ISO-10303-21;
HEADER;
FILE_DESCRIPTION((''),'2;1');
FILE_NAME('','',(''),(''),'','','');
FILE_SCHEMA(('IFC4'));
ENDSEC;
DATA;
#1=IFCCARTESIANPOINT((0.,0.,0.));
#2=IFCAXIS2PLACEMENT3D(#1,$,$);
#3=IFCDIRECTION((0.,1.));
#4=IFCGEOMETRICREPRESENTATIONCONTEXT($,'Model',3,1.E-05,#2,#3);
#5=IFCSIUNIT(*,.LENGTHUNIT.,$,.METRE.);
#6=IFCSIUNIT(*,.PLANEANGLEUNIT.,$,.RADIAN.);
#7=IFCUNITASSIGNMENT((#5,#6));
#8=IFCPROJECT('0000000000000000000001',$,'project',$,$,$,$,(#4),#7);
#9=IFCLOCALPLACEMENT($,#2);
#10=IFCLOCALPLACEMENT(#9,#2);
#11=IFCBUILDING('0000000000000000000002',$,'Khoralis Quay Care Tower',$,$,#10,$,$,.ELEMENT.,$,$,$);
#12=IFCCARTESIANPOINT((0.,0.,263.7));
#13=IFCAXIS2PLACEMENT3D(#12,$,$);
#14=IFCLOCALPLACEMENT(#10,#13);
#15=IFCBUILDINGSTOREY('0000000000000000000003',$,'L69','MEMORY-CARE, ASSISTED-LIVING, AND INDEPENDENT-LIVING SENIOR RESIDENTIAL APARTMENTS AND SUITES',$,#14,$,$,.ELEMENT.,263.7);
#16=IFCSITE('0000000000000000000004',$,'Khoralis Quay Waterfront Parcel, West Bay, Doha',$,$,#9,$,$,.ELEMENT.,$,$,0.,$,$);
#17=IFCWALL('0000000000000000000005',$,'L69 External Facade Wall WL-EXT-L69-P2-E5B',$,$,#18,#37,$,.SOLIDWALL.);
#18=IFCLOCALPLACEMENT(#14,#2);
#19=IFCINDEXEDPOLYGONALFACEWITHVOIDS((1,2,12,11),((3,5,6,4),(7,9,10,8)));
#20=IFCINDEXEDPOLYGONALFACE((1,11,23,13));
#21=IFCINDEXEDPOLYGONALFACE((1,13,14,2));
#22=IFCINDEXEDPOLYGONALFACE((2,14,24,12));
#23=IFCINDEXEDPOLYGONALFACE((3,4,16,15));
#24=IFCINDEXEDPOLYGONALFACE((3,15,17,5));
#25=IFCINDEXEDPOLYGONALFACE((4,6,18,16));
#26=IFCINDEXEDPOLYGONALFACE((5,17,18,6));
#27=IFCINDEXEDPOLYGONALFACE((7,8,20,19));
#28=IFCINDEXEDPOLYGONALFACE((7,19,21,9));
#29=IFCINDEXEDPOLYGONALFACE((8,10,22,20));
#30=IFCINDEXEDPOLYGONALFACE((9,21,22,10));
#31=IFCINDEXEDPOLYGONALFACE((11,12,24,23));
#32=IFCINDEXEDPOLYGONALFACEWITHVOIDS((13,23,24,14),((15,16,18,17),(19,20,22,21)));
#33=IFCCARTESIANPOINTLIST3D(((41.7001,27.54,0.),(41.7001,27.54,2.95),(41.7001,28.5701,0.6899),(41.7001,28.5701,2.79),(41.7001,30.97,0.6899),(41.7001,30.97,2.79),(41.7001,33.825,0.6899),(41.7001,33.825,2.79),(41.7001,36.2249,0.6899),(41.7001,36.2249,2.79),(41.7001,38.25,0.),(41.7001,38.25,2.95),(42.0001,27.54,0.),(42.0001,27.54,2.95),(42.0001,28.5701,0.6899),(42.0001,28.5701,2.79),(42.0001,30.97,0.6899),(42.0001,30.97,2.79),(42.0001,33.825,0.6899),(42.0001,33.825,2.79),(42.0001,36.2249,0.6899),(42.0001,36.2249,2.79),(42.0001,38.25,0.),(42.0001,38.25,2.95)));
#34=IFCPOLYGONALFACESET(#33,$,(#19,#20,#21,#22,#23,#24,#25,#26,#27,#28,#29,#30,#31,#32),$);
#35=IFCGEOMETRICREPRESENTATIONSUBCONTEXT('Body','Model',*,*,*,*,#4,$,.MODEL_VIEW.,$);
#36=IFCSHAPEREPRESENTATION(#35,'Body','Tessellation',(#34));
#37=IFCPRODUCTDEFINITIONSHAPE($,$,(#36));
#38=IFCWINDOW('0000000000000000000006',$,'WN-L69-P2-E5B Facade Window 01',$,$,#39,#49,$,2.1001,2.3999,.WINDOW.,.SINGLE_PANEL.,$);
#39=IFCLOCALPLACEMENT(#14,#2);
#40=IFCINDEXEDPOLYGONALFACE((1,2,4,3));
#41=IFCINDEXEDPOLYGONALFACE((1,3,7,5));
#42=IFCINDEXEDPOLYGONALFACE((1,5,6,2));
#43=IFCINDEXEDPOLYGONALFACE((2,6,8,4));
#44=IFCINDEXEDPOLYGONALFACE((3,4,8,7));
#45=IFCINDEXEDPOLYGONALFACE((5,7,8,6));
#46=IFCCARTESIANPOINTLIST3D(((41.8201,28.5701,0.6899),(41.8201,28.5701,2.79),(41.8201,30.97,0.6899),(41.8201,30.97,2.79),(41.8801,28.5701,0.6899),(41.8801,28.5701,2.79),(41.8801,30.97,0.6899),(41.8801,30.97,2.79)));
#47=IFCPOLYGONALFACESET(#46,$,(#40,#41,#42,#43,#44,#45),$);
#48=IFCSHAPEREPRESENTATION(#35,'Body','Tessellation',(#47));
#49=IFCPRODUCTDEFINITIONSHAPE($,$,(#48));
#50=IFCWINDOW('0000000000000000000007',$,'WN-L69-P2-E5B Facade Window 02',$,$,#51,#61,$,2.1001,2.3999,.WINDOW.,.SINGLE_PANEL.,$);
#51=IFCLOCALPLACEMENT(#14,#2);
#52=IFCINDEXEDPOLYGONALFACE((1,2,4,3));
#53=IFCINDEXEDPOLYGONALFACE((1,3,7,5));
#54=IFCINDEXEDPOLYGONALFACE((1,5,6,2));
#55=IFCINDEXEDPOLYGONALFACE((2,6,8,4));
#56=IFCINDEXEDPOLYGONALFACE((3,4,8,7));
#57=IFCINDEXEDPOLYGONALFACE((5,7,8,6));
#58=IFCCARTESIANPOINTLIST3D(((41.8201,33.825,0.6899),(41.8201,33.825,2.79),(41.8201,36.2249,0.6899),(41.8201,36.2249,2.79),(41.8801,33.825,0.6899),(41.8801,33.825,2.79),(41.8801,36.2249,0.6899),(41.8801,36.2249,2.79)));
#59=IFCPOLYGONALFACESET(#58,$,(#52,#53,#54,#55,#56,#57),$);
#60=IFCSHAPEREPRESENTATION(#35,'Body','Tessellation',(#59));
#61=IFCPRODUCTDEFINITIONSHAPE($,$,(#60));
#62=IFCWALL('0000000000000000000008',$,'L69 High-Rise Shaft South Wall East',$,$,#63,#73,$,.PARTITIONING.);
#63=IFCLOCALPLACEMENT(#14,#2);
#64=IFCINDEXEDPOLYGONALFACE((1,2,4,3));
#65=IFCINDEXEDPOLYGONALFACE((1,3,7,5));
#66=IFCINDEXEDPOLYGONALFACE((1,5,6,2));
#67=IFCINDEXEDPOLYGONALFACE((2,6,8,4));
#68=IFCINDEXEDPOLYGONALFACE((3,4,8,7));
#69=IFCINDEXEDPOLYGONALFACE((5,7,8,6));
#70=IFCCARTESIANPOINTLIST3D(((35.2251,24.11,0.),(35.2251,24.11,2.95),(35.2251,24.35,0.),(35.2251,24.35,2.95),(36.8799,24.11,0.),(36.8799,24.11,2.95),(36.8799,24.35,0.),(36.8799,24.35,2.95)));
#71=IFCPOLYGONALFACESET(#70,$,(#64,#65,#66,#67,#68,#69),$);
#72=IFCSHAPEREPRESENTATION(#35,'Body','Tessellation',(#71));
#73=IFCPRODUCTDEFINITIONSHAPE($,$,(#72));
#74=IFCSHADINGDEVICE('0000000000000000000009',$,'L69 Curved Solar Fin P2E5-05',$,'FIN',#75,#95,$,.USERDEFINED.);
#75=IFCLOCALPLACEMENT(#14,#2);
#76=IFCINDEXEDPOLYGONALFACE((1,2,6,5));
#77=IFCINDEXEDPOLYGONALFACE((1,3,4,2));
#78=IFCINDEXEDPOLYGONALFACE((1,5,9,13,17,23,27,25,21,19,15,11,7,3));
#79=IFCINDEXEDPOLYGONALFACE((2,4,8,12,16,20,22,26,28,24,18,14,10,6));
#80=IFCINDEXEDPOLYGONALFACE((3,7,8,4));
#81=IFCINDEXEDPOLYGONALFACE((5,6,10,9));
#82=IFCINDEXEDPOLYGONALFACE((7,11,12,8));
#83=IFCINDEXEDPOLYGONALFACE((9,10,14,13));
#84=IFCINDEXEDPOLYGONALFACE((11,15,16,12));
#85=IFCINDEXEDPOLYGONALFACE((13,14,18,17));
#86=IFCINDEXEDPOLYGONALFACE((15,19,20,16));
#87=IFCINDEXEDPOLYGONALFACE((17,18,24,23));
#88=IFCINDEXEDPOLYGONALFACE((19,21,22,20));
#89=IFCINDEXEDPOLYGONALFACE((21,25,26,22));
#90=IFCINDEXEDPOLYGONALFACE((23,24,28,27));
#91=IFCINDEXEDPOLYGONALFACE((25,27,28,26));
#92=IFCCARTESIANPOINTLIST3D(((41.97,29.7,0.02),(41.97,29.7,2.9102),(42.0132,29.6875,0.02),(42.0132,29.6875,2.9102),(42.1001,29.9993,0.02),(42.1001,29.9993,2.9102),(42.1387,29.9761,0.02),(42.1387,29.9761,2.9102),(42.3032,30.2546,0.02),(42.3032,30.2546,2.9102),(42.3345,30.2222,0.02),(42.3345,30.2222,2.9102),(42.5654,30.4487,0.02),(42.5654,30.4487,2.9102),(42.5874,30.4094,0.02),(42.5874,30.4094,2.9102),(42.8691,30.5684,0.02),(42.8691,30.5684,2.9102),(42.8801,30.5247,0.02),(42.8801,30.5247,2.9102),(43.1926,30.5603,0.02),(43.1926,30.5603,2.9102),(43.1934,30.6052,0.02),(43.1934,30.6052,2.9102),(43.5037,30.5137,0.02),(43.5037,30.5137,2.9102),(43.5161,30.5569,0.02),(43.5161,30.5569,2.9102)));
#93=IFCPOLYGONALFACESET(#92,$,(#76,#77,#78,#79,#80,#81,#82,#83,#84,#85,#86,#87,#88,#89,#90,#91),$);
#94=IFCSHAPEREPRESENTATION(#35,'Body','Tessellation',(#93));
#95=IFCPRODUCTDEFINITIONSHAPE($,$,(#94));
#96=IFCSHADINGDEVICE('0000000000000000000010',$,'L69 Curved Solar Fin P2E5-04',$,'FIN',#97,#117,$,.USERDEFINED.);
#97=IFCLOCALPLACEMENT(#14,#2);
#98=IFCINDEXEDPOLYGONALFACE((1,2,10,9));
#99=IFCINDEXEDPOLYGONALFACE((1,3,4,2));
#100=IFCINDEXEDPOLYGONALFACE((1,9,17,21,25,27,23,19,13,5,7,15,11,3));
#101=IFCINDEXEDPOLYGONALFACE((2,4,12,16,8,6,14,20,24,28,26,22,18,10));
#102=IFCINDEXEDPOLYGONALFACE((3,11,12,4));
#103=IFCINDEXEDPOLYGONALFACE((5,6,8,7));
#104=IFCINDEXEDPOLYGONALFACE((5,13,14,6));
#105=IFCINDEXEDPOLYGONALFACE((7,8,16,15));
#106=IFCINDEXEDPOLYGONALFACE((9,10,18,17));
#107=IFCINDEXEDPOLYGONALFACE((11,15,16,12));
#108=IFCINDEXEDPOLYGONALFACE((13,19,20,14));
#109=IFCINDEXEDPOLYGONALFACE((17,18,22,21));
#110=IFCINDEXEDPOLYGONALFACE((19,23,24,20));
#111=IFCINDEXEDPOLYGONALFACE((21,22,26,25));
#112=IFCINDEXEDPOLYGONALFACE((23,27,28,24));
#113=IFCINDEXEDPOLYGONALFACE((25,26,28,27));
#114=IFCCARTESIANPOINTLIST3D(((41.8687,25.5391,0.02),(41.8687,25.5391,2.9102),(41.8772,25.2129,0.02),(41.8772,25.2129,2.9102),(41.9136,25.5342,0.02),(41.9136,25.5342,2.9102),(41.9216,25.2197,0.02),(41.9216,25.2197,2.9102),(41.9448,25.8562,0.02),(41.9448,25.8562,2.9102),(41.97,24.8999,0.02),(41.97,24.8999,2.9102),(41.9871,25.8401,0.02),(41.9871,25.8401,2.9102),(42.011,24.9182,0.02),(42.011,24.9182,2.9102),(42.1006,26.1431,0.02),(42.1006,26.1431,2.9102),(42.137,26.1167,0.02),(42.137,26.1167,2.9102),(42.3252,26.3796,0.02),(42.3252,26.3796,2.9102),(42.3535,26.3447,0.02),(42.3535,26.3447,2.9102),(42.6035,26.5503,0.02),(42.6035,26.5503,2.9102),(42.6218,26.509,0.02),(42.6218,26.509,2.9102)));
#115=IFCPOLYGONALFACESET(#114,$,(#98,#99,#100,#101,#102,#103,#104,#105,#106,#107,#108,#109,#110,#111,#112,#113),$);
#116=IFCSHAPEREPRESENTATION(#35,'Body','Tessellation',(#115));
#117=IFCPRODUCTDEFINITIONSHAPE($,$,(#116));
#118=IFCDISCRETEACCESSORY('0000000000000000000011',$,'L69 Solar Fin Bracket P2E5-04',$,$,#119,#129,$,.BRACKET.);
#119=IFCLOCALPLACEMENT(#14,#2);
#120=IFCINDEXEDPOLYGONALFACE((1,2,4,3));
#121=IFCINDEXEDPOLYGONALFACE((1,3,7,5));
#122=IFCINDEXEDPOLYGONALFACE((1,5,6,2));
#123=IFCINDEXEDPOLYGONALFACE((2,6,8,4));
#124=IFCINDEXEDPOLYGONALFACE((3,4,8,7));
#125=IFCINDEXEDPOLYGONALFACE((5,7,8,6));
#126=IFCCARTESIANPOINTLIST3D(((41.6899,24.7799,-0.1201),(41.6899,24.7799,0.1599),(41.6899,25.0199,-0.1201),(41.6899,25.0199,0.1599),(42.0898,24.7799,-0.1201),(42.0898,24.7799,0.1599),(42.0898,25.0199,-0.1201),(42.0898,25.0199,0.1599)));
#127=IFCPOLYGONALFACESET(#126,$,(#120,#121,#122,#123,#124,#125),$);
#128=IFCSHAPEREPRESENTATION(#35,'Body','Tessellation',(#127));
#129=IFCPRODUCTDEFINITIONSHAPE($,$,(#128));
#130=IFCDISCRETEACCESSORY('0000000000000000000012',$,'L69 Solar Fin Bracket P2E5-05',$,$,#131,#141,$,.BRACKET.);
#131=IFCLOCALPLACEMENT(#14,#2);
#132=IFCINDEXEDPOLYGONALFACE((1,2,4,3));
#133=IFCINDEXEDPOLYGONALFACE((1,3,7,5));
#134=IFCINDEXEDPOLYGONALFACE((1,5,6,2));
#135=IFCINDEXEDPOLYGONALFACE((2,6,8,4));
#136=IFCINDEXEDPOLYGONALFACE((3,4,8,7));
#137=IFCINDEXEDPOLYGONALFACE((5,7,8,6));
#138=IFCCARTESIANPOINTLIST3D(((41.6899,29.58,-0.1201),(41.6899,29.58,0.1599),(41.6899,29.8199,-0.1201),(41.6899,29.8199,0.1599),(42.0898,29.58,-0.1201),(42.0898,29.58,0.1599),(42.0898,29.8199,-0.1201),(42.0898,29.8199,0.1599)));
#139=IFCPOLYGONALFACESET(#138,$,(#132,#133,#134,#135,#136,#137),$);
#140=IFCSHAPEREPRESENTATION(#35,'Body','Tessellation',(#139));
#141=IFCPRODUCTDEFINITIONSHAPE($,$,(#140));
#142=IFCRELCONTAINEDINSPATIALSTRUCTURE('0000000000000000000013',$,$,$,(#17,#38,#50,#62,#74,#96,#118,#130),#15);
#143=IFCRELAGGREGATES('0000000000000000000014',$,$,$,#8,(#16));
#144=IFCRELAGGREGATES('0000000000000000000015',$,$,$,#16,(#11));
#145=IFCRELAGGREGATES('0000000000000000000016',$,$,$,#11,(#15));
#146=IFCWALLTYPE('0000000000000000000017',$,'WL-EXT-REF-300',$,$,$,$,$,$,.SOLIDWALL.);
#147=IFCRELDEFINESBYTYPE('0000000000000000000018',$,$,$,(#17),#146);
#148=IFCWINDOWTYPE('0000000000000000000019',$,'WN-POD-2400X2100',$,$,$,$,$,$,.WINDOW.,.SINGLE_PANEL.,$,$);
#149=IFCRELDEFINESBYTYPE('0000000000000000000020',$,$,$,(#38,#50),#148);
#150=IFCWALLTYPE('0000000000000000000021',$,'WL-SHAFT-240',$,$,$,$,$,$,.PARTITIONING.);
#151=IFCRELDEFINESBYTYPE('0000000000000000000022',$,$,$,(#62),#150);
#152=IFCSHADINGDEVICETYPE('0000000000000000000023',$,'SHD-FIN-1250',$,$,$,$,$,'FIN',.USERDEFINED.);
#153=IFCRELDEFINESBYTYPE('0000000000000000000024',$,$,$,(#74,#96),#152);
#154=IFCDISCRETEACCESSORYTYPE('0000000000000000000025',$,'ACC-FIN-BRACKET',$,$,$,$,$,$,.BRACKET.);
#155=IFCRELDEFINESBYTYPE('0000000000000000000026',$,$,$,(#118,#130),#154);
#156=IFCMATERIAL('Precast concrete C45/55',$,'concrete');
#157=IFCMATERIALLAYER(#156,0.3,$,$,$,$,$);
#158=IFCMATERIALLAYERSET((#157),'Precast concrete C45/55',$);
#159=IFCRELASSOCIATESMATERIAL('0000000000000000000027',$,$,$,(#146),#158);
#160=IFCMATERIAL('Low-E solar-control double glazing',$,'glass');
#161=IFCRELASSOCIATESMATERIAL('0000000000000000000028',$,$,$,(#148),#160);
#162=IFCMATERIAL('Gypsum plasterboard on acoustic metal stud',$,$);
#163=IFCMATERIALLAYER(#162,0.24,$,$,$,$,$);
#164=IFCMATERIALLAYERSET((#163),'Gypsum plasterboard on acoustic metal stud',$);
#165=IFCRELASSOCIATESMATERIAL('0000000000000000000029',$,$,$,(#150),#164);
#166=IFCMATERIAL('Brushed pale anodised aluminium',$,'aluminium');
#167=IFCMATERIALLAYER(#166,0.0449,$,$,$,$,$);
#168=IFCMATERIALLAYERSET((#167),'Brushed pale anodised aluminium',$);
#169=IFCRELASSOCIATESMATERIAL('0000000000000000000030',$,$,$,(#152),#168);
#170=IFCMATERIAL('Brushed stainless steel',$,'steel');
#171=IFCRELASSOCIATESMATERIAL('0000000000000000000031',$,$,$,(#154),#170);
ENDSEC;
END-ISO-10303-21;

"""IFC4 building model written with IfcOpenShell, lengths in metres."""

from ifc_helpers import new_model, si_unit, direction, frame, frame_2d, origin, origin_2d, place, context, subcontext, project, spatial, polyline, rectangle, outline, extrude, source, transform, mapped, material, layer, layer_set, type_object, element, fill, save


model = new_model("IFC4")

# Units and contexts
model_context = context("Model", 3, precision=1e-05, world=origin(), true_north=direction((0.0, 1.0)))
body_context = subcontext(model_context, "Body", "Model", "MODEL_VIEW")
ifc_project = project(units=[si_unit("LENGTHUNIT", "METRE"), si_unit("PLANEANGLEUNIT", "RADIAN")], contexts=[model_context])

# Site, building, storey
site_placement = place(None, origin())
site = spatial("IfcSite", under=ifc_project, at=site_placement, Name="Khoralis Quay Waterfront Parcel, West Bay, Doha", CompositionType="ELEMENT", RefElevation=0.0)
building_placement = place(site_placement, origin())
building = spatial("IfcBuilding", under=site, at=building_placement, Name="Khoralis Quay Care Tower", CompositionType="ELEMENT")
storey_placement = place(building_placement, frame((0.0, 0.0, 263.7)))
storey = spatial("IfcBuildingStorey", under=building, at=storey_placement, Name="L69", Description="MEMORY-CARE, ASSISTED-LIVING, AND INDEPENDENT-LIVING SENIOR RESIDENTIAL APARTMENTS AND SUITES", CompositionType="ELEMENT", Elevation=263.7)

# Shared definitions
ifc_material_1 = material(Name="Low-E solar-control double glazing", Category="glass")

# Shared definitions
ifc_material_2 = material(Name="Brushed stainless steel", Category="steel")

# Shared definitions
ifc_material_3 = material(Name="Gypsum plasterboard on acoustic metal stud")

# Wall, openings, windows
ifc_material_4 = material(Name="Precast concrete C45/55", Category="concrete")
ifc_layer_1 = layer(ifc_material_4, 0.3)
ifc_layer_set_1 = layer_set([ifc_layer_1], Name="Precast concrete C45/55")
wall_type_1 = type_object("IfcWallType", Name="WL-EXT-REF-300", PredefinedType="SOLIDWALL", material=ifc_layer_set_1)
wall_1_placement = place(storey_placement, frame((41.8501, 27.54, 0.0), z_axis=(0.0, 0.0, 1.0), x_axis=(0.0, 1.0, 0.0)))
wall_1 = element("IfcWall", 1, at=wall_1_placement, inside=storey, type_object=wall_type_1, Name="L69 External Facade Wall WL-EXT-L69-P2-E5B", PredefinedType="SOLIDWALL", context=body_context, shape_type="SweptSolid", body=[
    extrude(rectangle(XDim=10.71, YDim=0.3, at=frame_2d((5.355, 0.0))), origin(), (0.0, 0.0, 1.0), 2.95),
])
opening_1_placement = place(wall_1_placement, frame((1.03, 0.0, 0.6899)))
opening_1 = element("IfcOpeningElement", 2, at=opening_1_placement, cuts=wall_1, PredefinedType="OPENING", context=body_context, shape_type="SweptSolid", body=[
    extrude(rectangle(XDim=2.3999, YDim=2.1001, at=frame_2d((1.2, 1.05))), frame((0.0, 0.1602, 0.0), z_axis=(0.0, -1.0, 0.0), x_axis=(1.0, 0.0, 0.0)), (0.0, 0.0, 1.0), 0.3201),
])
opening_2_placement = place(wall_1_placement, frame((6.2849, 0.0, 0.6899)))
opening_2 = element("IfcOpeningElement", 3, at=opening_2_placement, cuts=wall_1, PredefinedType="OPENING", context=body_context, shape_type="SweptSolid", body=[
    extrude(rectangle(XDim=2.3999, YDim=2.1001, at=frame_2d((1.2, 1.05))), frame((0.0, 0.1602, 0.0), z_axis=(0.0, -1.0, 0.0), x_axis=(1.0, 0.0, 0.0)), (0.0, 0.0, 1.0), 0.3201),
])
window_type = type_object("IfcWindowType", Name="WN-POD-2400X2100", PartitioningType="SINGLE_PANEL", PredefinedType="WINDOW", material=ifc_material_1)
shared_shape_1 = source(origin(), body_context, "Body", "SweptSolid", [
    extrude(rectangle(XDim=2.3999, YDim=2.1001, at=frame_2d((1.2, 1.05))), frame((0.0, 0.03, 0.0), z_axis=(0.0, -1.0, 0.0), x_axis=(1.0, 0.0, 0.0)), (0.0, 0.0, 1.0), 0.0601),
])
window_1_placement = place(opening_1_placement, origin())
window_1 = element("IfcWindow", 4, at=window_1_placement, inside=storey, type_object=window_type, Name="WN-L69-P2-E5B Facade Window 01", OverallHeight=2.1001, OverallWidth=2.3999, PartitioningType="SINGLE_PANEL", PredefinedType="WINDOW", context=body_context, shape_type="MappedRepresentation", body=[
    mapped(shared_shape_1, transform((0.0, 0.0, 0.0), scale=1.0)),
])
fill(opening_1, window_1)
window_2_placement = place(opening_2_placement, origin())
window_2 = element("IfcWindow", 5, at=window_2_placement, inside=storey, type_object=window_type, Name="WN-L69-P2-E5B Facade Window 02", OverallHeight=2.1001, OverallWidth=2.3999, PartitioningType="SINGLE_PANEL", PredefinedType="WINDOW", context=body_context, shape_type="MappedRepresentation", body=[
    mapped(shared_shape_1, transform((0.0, 0.0, 0.0), scale=1.0)),
])
fill(opening_2, window_2)

# Wall
ifc_layer_2 = layer(ifc_material_3, 0.24)
ifc_layer_set_2 = layer_set([ifc_layer_2], Name="Gypsum plasterboard on acoustic metal stud")
wall_type_2 = type_object("IfcWallType", Name="WL-SHAFT-240", PredefinedType="PARTITIONING", material=ifc_layer_set_2)
wall_2_placement = place(storey_placement, frame((35.2251, 24.23, 0.0), z_axis=(0.0, 0.0, 1.0), x_axis=(1.0, 0.0, 0.0)))
element("IfcWall", 6, at=wall_2_placement, inside=storey, type_object=wall_type_2, Name="L69 High-Rise Shaft South Wall East", PredefinedType="PARTITIONING", context=body_context, shape_type="SweptSolid", body=[
    extrude(rectangle(XDim=1.6548, YDim=0.24, at=frame_2d((0.8274, 0.0))), origin(), (0.0, 0.0, 1.0), 2.95),
])

# Shading devices
ifc_material_5 = material(Name="Brushed pale anodised aluminium", Category="aluminium")
ifc_layer_3 = layer(ifc_material_5, 0.0449)
ifc_layer_set_3 = layer_set([ifc_layer_3], Name="Brushed pale anodised aluminium")
shading_device_type = type_object("IfcShadingDeviceType", Name="SHD-FIN-1250", ElementType="FIN", PredefinedType="USERDEFINED", material=ifc_layer_set_3)
shared_shape_2 = source(origin(), body_context, "Body", "SweptSolid", [
    extrude(outline(polyline([(0.0, 0.0), (0.1301, 0.2993), (0.3333, 0.5547), (0.5955, 0.7488), (0.8992, 0.8684), (1.2234, 0.9053), (1.5461, 0.8569), (1.5337, 0.8137), (1.2227, 0.8604), (0.9102, 0.8247), (0.6174, 0.7095), (0.3645, 0.5222), (0.1687, 0.2761), (0.0432, -0.0125), (0.0, 0.0)])), origin(), (0.0, 0.0, 1.0), 2.8901),
])
shading_device_1_placement = place(storey_placement, frame((41.97, 29.7, 0.02), z_axis=(0.0, 0.0, 1.0), x_axis=(1.0, 0.0, 0.0)))
element("IfcShadingDevice", 7, at=shading_device_1_placement, inside=storey, type_object=shading_device_type, Name="L69 Curved Solar Fin P2E5-05", ObjectType="FIN", PredefinedType="USERDEFINED", context=body_context, shape_type="MappedRepresentation", body=[
    mapped(shared_shape_2, transform((0.0, 0.0, 0.0), scale=1.0)),
])
shared_shape_3 = source(origin(), body_context, "Body", "SweptSolid", [
    extrude(outline(polyline([(0.0, 0.0), (-0.0928, 0.313), (-0.1013, 0.6392), (-0.0251, 0.9563), (0.1306, 1.2432), (0.3552, 1.4797), (0.6335, 1.6504), (0.6519, 1.6091), (0.3835, 1.4448), (0.167, 1.2168), (0.0171, 0.9402), (-0.0564, 0.6343), (-0.0483, 0.3198), (0.041, 0.0183), (0.0, 0.0)])), origin(), (0.0, 0.0, 1.0), 2.8901),
])
shading_device_2_placement = place(storey_placement, frame((41.97, 24.8999, 0.02), z_axis=(0.0, 0.0, 1.0), x_axis=(1.0, 0.0, 0.0)))
element("IfcShadingDevice", 8, at=shading_device_2_placement, inside=storey, type_object=shading_device_type, Name="L69 Curved Solar Fin P2E5-04", ObjectType="FIN", PredefinedType="USERDEFINED", context=body_context, shape_type="MappedRepresentation", body=[
    mapped(shared_shape_3, transform((0.0, 0.0, 0.0), scale=1.0)),
])

# Discrete accessories
discrete_accessory_type = type_object("IfcDiscreteAccessoryType", Name="ACC-FIN-BRACKET", PredefinedType="BRACKET", material=ifc_material_2)
shared_shape_4 = source(origin(), body_context, "Body", "SweptSolid", [
    extrude(rectangle(XDim=0.3999, YDim=0.24, at=origin_2d()), origin(), (0.0, 0.0, 1.0), 0.28),
])
for number, where, z_axis, x_axis, name in (
    (9, (41.8899, 24.8999, -0.1201), (0.0, 0.0, 1.0), (1.0, 0.0, 0.0), "L69 Solar Fin Bracket P2E5-04"),
    (10, (41.8899, 29.7, -0.1201), (0.0, 0.0, 1.0), (1.0, 0.0, 0.0), "L69 Solar Fin Bracket P2E5-05"),
):
    element("IfcDiscreteAccessory", number, at=place(storey_placement, frame(where, z_axis=z_axis, x_axis=x_axis)), inside=storey, type_object=discrete_accessory_type, Name=name, PredefinedType="BRACKET", context=body_context, shape_type="MappedRepresentation", body=[
        mapped(shared_shape_4, transform((0.0, 0.0, 0.0), scale=1.0)),
    ])

save(model, "model.ifc")
